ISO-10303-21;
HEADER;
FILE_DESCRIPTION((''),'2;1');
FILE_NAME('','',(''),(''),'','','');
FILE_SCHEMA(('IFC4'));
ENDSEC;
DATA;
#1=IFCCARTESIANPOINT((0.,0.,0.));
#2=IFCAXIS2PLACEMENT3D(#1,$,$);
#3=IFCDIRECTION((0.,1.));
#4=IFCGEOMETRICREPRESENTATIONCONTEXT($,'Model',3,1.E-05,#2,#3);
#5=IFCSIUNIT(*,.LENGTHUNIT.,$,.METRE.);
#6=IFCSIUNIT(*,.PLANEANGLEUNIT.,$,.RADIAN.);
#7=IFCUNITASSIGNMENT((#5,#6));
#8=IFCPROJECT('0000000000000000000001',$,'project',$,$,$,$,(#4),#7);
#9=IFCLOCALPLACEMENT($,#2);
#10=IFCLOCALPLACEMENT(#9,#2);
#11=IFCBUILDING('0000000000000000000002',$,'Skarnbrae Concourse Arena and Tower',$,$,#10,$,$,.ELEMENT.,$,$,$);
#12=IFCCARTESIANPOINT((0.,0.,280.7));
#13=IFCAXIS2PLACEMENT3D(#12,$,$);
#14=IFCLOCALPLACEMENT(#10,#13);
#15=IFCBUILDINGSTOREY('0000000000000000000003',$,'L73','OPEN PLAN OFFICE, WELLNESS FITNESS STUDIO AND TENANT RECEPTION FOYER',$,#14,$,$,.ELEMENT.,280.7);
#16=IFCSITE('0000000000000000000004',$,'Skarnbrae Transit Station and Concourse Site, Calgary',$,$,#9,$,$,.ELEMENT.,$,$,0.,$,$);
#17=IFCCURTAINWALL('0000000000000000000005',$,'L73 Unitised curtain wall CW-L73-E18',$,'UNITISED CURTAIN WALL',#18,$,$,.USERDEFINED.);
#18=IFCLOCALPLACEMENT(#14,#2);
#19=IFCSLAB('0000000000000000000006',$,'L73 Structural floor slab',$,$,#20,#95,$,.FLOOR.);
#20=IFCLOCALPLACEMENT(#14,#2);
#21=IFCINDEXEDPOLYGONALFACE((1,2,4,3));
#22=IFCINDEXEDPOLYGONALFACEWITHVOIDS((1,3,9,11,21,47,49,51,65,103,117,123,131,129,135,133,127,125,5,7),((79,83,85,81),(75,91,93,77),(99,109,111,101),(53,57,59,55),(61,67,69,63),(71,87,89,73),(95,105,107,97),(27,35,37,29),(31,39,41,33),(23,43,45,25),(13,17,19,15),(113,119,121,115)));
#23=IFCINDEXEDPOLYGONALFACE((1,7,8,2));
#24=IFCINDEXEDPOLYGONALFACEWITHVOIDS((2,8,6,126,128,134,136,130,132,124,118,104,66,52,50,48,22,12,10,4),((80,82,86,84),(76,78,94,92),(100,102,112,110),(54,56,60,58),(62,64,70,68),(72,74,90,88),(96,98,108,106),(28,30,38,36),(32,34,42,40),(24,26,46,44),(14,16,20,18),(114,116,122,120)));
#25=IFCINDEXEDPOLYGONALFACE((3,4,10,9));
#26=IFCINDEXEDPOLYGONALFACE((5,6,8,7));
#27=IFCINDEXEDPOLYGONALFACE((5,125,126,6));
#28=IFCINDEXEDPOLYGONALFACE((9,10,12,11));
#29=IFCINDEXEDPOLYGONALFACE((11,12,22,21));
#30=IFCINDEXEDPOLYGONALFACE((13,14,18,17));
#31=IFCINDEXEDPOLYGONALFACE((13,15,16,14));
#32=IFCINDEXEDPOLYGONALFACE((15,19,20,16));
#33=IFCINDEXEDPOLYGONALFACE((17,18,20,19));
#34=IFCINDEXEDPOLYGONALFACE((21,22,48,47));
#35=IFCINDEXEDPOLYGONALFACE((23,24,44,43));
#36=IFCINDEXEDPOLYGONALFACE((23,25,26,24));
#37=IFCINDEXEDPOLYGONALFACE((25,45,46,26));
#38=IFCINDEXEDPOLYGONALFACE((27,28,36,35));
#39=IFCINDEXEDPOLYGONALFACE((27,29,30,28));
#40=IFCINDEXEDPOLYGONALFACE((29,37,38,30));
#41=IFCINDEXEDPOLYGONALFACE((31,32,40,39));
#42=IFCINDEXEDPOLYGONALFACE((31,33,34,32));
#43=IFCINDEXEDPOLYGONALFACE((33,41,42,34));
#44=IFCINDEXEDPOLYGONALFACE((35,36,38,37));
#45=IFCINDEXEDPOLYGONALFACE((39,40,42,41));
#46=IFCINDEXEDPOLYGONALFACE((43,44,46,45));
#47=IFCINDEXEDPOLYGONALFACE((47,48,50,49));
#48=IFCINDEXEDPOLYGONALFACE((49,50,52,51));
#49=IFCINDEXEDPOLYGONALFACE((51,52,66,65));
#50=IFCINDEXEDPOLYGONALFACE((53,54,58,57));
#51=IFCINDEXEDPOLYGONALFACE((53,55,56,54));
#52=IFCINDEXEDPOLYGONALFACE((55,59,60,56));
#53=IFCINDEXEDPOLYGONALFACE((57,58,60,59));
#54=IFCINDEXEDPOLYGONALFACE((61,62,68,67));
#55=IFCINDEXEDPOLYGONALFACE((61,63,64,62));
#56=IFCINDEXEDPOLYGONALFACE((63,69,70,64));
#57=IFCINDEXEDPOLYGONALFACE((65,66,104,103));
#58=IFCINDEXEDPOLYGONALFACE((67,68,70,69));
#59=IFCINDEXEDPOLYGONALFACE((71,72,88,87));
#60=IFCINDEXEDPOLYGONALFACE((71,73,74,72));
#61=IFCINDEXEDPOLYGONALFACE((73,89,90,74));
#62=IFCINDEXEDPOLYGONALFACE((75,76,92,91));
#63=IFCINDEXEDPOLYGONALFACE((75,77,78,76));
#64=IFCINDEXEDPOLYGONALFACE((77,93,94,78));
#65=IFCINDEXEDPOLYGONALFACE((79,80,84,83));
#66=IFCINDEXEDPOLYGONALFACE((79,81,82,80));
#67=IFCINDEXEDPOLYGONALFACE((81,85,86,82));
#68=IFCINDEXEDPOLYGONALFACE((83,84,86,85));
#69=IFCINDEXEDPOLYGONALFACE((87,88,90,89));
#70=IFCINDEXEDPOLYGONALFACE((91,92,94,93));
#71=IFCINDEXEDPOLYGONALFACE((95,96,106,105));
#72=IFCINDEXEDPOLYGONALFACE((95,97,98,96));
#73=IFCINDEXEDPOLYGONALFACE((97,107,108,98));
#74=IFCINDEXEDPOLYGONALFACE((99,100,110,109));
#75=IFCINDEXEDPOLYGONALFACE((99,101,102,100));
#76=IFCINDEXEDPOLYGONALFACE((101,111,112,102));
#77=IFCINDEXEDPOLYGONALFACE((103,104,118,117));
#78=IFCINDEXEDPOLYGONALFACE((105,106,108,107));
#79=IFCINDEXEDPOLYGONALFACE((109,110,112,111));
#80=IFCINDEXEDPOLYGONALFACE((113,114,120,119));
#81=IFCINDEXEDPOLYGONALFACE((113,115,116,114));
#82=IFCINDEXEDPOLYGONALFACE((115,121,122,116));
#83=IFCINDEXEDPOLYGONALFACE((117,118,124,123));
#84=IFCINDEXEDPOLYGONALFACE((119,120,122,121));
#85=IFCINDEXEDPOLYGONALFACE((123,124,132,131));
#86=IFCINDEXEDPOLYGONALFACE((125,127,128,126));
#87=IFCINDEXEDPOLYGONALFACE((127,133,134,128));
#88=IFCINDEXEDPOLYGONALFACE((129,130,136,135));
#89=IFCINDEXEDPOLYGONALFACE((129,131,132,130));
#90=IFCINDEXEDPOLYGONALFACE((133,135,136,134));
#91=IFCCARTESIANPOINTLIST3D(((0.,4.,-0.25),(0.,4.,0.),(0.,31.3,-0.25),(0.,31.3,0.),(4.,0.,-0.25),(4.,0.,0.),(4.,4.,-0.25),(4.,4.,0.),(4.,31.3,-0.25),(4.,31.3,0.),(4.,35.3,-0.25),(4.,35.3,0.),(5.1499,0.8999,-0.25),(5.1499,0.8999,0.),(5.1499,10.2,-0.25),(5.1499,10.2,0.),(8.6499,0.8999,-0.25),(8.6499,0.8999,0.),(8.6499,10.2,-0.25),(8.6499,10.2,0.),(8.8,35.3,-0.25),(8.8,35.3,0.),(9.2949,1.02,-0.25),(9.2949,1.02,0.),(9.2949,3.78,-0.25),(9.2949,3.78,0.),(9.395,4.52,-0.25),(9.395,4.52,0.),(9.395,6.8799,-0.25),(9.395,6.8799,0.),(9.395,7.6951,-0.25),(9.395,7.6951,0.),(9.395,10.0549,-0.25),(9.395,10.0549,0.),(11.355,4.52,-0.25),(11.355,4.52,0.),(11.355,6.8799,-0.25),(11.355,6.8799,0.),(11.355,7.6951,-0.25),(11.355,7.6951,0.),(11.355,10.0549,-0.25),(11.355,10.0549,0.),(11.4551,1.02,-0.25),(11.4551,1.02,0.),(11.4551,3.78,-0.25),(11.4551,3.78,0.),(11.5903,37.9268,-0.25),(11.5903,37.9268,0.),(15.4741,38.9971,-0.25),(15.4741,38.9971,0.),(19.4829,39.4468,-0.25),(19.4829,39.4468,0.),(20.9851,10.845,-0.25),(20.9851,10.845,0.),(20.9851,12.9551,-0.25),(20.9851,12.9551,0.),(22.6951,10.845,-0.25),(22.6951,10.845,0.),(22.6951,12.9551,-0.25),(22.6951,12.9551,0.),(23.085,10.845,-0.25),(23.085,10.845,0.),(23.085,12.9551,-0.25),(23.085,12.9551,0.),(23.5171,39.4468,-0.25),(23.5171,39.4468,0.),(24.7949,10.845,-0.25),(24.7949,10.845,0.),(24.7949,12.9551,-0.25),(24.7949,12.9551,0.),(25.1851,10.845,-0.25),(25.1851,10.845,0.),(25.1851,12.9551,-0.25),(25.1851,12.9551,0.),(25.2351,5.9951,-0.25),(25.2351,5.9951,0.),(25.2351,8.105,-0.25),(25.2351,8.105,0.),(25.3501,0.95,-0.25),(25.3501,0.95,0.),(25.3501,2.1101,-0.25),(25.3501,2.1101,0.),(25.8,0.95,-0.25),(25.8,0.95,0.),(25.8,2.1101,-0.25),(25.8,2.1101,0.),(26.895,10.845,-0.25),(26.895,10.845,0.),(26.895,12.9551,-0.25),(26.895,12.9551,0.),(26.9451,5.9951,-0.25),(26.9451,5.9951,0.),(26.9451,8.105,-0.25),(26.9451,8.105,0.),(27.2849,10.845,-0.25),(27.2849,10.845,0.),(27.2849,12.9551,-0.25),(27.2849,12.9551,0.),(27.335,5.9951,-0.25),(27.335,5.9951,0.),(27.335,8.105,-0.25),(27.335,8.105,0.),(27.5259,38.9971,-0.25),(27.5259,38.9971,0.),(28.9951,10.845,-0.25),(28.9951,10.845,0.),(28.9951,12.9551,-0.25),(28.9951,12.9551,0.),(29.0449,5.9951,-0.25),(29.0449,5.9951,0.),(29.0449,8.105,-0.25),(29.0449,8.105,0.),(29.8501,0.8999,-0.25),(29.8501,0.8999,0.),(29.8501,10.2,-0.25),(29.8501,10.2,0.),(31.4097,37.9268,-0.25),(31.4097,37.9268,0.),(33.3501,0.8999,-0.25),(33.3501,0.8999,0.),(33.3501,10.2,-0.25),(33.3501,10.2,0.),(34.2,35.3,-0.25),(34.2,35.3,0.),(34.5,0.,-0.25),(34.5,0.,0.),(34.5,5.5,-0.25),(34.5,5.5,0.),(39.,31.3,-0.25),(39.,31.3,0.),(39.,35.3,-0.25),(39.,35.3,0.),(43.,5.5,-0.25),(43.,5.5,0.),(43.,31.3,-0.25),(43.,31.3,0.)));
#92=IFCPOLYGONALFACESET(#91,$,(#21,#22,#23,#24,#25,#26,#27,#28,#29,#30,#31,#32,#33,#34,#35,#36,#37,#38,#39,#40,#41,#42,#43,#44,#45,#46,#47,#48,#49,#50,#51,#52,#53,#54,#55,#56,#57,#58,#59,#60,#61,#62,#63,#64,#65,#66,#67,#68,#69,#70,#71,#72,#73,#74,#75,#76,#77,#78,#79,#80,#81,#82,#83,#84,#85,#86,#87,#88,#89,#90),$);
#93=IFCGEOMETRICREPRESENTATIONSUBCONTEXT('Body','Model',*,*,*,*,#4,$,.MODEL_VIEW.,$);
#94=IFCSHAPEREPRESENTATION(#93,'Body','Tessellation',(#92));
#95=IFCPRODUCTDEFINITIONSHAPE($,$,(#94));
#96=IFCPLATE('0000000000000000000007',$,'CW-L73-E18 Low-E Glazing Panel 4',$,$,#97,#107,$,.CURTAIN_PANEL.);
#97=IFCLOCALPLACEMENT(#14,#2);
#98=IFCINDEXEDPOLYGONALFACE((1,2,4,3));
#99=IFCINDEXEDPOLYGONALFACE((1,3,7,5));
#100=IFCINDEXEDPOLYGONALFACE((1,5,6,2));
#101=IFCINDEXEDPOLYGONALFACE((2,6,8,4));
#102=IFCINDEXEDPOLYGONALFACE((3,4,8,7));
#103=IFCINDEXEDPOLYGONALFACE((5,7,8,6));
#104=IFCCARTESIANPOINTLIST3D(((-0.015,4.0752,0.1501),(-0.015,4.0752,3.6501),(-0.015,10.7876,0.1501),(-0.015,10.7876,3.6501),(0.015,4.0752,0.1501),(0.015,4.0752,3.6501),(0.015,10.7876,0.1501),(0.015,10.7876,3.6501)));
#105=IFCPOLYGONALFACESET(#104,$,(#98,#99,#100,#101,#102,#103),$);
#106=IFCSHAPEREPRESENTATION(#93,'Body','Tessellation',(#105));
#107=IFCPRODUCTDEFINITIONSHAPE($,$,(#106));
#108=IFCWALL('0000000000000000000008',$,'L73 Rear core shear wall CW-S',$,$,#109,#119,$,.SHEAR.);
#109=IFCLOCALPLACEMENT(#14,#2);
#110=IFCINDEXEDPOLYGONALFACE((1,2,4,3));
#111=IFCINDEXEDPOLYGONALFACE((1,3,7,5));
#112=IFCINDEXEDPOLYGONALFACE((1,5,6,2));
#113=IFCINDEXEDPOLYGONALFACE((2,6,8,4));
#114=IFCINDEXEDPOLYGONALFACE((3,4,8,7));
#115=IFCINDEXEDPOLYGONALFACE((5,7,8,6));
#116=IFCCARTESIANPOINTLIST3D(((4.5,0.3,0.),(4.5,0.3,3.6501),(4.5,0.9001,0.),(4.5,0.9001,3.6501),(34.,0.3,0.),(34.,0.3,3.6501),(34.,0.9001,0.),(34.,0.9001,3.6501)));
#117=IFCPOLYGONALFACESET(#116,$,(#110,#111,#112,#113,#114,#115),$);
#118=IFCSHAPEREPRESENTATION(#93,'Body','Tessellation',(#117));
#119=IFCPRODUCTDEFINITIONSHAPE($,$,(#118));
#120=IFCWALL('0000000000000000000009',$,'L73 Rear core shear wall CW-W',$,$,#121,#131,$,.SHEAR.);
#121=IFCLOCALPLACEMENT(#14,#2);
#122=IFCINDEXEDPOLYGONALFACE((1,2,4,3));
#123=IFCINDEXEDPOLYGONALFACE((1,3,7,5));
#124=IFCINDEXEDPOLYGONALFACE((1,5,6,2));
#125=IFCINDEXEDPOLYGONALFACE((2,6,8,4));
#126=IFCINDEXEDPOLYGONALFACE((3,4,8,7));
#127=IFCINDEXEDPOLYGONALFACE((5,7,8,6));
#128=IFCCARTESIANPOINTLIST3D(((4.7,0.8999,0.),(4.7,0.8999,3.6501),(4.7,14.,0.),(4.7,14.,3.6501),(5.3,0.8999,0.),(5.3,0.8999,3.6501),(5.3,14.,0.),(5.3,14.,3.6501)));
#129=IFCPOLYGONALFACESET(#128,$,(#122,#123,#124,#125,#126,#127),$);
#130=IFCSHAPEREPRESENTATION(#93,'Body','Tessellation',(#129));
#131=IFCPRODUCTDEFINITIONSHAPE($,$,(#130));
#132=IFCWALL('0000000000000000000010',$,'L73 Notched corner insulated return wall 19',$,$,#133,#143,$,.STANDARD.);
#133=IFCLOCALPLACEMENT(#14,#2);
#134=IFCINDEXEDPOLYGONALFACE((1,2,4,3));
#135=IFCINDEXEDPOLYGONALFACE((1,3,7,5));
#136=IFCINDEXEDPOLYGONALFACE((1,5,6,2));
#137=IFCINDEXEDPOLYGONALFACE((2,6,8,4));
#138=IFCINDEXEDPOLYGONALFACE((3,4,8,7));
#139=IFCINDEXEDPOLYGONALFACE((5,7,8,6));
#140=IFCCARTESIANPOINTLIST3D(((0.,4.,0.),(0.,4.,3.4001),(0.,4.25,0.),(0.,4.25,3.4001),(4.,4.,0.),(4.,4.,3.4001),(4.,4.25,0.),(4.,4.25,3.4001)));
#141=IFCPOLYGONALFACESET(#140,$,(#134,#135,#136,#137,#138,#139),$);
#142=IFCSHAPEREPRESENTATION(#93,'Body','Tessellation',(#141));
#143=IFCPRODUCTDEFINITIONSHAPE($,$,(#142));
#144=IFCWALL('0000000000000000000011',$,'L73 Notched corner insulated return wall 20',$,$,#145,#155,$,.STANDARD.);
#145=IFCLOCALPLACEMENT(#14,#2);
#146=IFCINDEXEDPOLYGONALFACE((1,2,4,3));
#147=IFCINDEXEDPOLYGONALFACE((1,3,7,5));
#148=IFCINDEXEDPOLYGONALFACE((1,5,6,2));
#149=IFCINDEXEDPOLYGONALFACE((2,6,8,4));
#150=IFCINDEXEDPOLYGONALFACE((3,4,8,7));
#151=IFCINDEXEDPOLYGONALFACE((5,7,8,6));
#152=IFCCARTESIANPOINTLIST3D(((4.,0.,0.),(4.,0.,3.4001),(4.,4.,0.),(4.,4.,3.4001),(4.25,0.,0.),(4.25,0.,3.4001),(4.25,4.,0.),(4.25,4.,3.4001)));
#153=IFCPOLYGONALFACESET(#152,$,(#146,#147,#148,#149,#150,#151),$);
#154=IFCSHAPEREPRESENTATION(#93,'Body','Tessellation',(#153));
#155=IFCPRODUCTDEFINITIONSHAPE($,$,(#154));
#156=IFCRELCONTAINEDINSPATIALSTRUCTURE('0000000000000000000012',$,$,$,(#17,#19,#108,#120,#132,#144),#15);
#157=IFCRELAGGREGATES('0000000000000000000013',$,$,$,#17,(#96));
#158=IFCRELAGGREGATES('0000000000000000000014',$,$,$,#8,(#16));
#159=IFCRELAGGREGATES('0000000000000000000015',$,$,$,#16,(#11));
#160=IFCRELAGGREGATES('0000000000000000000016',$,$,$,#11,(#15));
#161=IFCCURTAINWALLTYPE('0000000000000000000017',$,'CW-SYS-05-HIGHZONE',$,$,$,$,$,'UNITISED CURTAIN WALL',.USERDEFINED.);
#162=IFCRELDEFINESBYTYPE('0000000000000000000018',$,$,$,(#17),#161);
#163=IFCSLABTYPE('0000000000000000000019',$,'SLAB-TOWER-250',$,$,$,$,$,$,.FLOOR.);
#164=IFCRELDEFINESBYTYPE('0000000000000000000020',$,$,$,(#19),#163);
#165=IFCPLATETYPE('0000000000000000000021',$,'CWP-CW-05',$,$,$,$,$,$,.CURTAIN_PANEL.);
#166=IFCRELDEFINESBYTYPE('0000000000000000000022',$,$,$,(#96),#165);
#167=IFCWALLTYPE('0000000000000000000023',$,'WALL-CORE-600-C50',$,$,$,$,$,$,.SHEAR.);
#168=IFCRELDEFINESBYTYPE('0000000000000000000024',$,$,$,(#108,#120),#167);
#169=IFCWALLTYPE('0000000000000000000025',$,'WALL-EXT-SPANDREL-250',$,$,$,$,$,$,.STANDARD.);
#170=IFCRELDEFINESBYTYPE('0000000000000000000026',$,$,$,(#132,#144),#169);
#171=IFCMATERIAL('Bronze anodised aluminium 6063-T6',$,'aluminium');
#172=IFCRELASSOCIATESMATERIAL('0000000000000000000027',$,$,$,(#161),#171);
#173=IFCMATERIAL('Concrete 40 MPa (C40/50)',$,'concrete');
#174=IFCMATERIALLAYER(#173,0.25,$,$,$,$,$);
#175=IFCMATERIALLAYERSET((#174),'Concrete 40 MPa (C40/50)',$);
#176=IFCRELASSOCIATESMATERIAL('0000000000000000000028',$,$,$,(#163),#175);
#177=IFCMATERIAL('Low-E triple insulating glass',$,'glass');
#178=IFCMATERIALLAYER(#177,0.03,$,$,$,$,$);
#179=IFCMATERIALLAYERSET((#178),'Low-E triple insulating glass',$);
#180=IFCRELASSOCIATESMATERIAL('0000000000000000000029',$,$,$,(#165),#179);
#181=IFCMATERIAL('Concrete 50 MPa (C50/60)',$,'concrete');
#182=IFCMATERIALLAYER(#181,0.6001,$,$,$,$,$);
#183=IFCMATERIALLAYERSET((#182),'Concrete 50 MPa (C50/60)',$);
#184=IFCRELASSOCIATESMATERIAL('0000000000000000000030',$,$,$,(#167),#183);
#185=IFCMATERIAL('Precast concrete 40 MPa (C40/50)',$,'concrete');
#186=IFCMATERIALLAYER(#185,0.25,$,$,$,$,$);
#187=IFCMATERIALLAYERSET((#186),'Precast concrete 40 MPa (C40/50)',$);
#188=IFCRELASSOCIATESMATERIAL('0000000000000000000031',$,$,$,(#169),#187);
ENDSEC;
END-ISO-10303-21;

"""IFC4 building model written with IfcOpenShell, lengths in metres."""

from ifc_helpers import new_model, si_unit, direction, frame, frame_2d, origin, origin_2d, place, context, subcontext, project, spatial, polyline, rectangle, outline, extrude, source, transform, mapped, material, layer, layer_set, type_object, element, aggregate, save


model = new_model("IFC4")

# Units and contexts
model_context = context("Model", 3, precision=1e-05, world=origin(), true_north=direction((0.0, 1.0)))
body_context = subcontext(model_context, "Body", "Model", "MODEL_VIEW")
ifc_project = project(units=[si_unit("LENGTHUNIT", "METRE"), si_unit("PLANEANGLEUNIT", "RADIAN")], contexts=[model_context])

# Site, building, storey
site_placement = place(None, origin())
site = spatial("IfcSite", under=ifc_project, at=site_placement, Name="Skarnbrae Transit Station and Concourse Site, Calgary", CompositionType="ELEMENT", RefElevation=0.0)
building_placement = place(site_placement, origin())
building = spatial("IfcBuilding", under=site, at=building_placement, Name="Skarnbrae Concourse Arena and Tower", CompositionType="ELEMENT")
storey_placement = place(building_placement, frame((0.0, 0.0, 280.7)))
storey = spatial("IfcBuildingStorey", under=building, at=storey_placement, Name="L73", Description="OPEN PLAN OFFICE, WELLNESS FITNESS STUDIO AND TENANT RECEPTION FOYER", CompositionType="ELEMENT", Elevation=280.7)

# Curtain wall
ifc_material_1 = material(Name="Bronze anodised aluminium 6063-T6", Category="aluminium")
curtain_wall_type = type_object("IfcCurtainWallType", Name="CW-SYS-05-HIGHZONE", ElementType="UNITISED CURTAIN WALL", PredefinedType="USERDEFINED", material=ifc_material_1)
curtain_wall_placement = place(storey_placement, origin())
curtain_wall = element("IfcCurtainWall", 1, at=curtain_wall_placement, inside=storey, type_object=curtain_wall_type, Name="L73 Unitised curtain wall CW-L73-E18", ObjectType="UNITISED CURTAIN WALL", PredefinedType="USERDEFINED")

# Shared definitions
ifc_material_2 = material(Name="Concrete 40 MPa (C40/50)", Category="concrete")

# Slab
ifc_layer_1 = layer(ifc_material_2, 0.25)
ifc_layer_set_1 = layer_set([ifc_layer_1], Name="Concrete 40 MPa (C40/50)")
slab_type_1 = type_object("IfcSlabType", Name="SLAB-TOWER-250", PredefinedType="FLOOR", material=ifc_layer_set_1)
slab_1_placement = place(storey_placement, frame((0.0, 0.0, -0.25)))
element("IfcSlab", 2, at=slab_1_placement, inside=storey, type_object=slab_type_1, Name="L73 Structural floor slab", PredefinedType="FLOOR", context=body_context, shape_type="SweptSolid", body=[
    extrude(outline(polyline([(4.0, 0.0), (34.5, 0.0), (34.5, 5.5), (43.0, 5.5), (43.0, 31.3), (39.0, 31.3), (39.0, 35.3), (34.2, 35.3), (31.4097, 37.9268), (27.5259, 38.9971), (23.5171, 39.4468), (19.4829, 39.4468), (15.4741, 38.9971), (11.5903, 37.9268), (8.8, 35.3), (4.0, 35.3), (4.0, 31.3), (0.0, 31.3), (0.0, 4.0), (4.0, 4.0), (4.0, 0.0)]), holes=[polyline([(9.2949, 1.02), (9.2949, 3.78), (11.4551, 3.78), (11.4551, 1.02), (9.2949, 1.02)]), polyline([(8.6499, 10.2), (8.6499, 0.8999), (5.1499, 0.8999), (5.1499, 10.2), (8.6499, 10.2)]), polyline([(9.395, 6.8799), (11.355, 6.8799), (11.355, 4.52), (9.395, 4.52), (9.395, 6.8799)]), polyline([(9.395, 7.6951), (9.395, 10.0549), (11.355, 10.0549), (11.355, 7.6951), (9.395, 7.6951)]), polyline([(20.9851, 12.9551), (22.6951, 12.9551), (22.6951, 10.845), (20.9851, 10.845), (20.9851, 12.9551)]), polyline([(23.085, 12.9551), (24.7949, 12.9551), (24.7949, 10.845), (23.085, 10.845), (23.085, 12.9551)]), polyline([(25.3501, 0.95), (25.3501, 2.1101), (25.8, 2.1101), (25.8, 0.95), (25.3501, 0.95)]), polyline([(33.3501, 10.2), (33.3501, 0.8999), (29.8501, 0.8999), (29.8501, 10.2), (33.3501, 10.2)]), polyline([(25.2351, 8.105), (26.9451, 8.105), (26.9451, 5.9951), (25.2351, 5.9951), (25.2351, 8.105)]), polyline([(27.335, 5.9951), (27.335, 8.105), (29.0449, 8.105), (29.0449, 5.9951), (27.335, 5.9951)]), polyline([(25.1851, 12.9551), (26.895, 12.9551), (26.895, 10.845), (25.1851, 10.845), (25.1851, 12.9551)]), polyline([(27.2849, 12.9551), (28.9951, 12.9551), (28.9951, 10.845), (27.2849, 10.845), (27.2849, 12.9551)])]), origin(), (0.0, 0.0, 1.0), 0.25),
])

# Plate
ifc_material_3 = material(Name="Low-E triple insulating glass", Category="glass")
ifc_layer_2 = layer(ifc_material_3, 0.03)
ifc_layer_set_2 = layer_set([ifc_layer_2], Name="Low-E triple insulating glass")
plate_type = type_object("IfcPlateType", Name="CWP-CW-05", PredefinedType="CURTAIN_PANEL", material=ifc_layer_set_2)
shared_shape_1 = source(origin(), body_context, "Body", "SweptSolid", [
    extrude(rectangle(XDim=6.7124, YDim=0.03, at=origin_2d()), origin(), (0.0, 0.0, 1.0), 3.5),
])
plate_placement = place(storey_placement, frame((0.0, 7.4314, 0.1501), z_axis=(0.0, 0.0, 1.0), x_axis=(0.0, -1.0, 0.0)))
plate = element("IfcPlate", 3, at=plate_placement, type_object=plate_type, Name="CW-L73-E18 Low-E Glazing Panel 4", PredefinedType="CURTAIN_PANEL", context=body_context, shape_type="MappedRepresentation", body=[
    mapped(shared_shape_1, transform((0.0, 0.0, 0.0))),
])
aggregate(curtain_wall, [plate])

# Shared definitions
ifc_material_4 = material(Name="Concrete 50 MPa (C50/60)", Category="concrete")

# Walls
ifc_layer_3 = layer(ifc_material_4, 0.6001)
ifc_layer_set_3 = layer_set([ifc_layer_3], Name="Concrete 50 MPa (C50/60)")
wall_type_1 = type_object("IfcWallType", Name="WALL-CORE-600-C50", PredefinedType="SHEAR", material=ifc_layer_set_3)
shared_shape_2 = source(origin(), body_context, "Body", "SweptSolid", [
    extrude(rectangle(XDim=29.5, YDim=0.6001, at=frame_2d((14.75, 0.0))), origin(), (0.0, 0.0, 1.0), 3.6501),
])
wall_1_placement = place(storey_placement, frame((4.5, 0.6001, 0.0), z_axis=(0.0, 0.0, 1.0), x_axis=(1.0, 0.0, 0.0)))
element("IfcWall", 4, at=wall_1_placement, inside=storey, type_object=wall_type_1, Name="L73 Rear core shear wall CW-S", PredefinedType="SHEAR", context=body_context, shape_type="MappedRepresentation", body=[
    mapped(shared_shape_2, transform((0.0, 0.0, 0.0))),
])
shared_shape_3 = source(origin(), body_context, "Body", "SweptSolid", [
    extrude(rectangle(XDim=13.1001, YDim=0.6001, at=frame_2d((6.55, 0.0))), origin(), (0.0, 0.0, 1.0), 3.6501),
])
wall_2_placement = place(storey_placement, frame((5.0, 0.8999, 0.0), z_axis=(0.0, 0.0, 1.0), x_axis=(0.0, 1.0, 0.0)))
element("IfcWall", 5, at=wall_2_placement, inside=storey, type_object=wall_type_1, Name="L73 Rear core shear wall CW-W", PredefinedType="SHEAR", context=body_context, shape_type="MappedRepresentation", body=[
    mapped(shared_shape_3, transform((0.0, 0.0, 0.0))),
])
ifc_material_5 = material(Name="Precast concrete 40 MPa (C40/50)", Category="concrete")
ifc_layer_4 = layer(ifc_material_5, 0.25)
ifc_layer_set_4 = layer_set([ifc_layer_4], Name="Precast concrete 40 MPa (C40/50)")
wall_type_2 = type_object("IfcWallType", Name="WALL-EXT-SPANDREL-250", PredefinedType="STANDARD", material=ifc_layer_set_4)
shared_shape_4 = source(origin(), body_context, "Body", "SweptSolid", [
    extrude(rectangle(XDim=4.0, YDim=0.25, at=frame_2d((2.0, 0.0))), origin(), (0.0, 0.0, 1.0), 3.4001),
])
for number, where, z_axis, x_axis, name in (
    (6, (0.0, 4.125, 0.0), (0.0, 0.0, 1.0), (1.0, 0.0, 0.0), "L73 Notched corner insulated return wall 19"),
    (7, (4.125, 4.0, 0.0), (0.0, 0.0, 1.0), (0.0, -1.0, 0.0), "L73 Notched corner insulated return wall 20"),
):
    element("IfcWall", number, at=place(storey_placement, frame(where, z_axis=z_axis, x_axis=x_axis)), inside=storey, type_object=wall_type_2, Name=name, PredefinedType="STANDARD", context=body_context, shape_type="MappedRepresentation", body=[
        mapped(shared_shape_4, transform((0.0, 0.0, 0.0))),
    ])

save(model, "model.ifc")
